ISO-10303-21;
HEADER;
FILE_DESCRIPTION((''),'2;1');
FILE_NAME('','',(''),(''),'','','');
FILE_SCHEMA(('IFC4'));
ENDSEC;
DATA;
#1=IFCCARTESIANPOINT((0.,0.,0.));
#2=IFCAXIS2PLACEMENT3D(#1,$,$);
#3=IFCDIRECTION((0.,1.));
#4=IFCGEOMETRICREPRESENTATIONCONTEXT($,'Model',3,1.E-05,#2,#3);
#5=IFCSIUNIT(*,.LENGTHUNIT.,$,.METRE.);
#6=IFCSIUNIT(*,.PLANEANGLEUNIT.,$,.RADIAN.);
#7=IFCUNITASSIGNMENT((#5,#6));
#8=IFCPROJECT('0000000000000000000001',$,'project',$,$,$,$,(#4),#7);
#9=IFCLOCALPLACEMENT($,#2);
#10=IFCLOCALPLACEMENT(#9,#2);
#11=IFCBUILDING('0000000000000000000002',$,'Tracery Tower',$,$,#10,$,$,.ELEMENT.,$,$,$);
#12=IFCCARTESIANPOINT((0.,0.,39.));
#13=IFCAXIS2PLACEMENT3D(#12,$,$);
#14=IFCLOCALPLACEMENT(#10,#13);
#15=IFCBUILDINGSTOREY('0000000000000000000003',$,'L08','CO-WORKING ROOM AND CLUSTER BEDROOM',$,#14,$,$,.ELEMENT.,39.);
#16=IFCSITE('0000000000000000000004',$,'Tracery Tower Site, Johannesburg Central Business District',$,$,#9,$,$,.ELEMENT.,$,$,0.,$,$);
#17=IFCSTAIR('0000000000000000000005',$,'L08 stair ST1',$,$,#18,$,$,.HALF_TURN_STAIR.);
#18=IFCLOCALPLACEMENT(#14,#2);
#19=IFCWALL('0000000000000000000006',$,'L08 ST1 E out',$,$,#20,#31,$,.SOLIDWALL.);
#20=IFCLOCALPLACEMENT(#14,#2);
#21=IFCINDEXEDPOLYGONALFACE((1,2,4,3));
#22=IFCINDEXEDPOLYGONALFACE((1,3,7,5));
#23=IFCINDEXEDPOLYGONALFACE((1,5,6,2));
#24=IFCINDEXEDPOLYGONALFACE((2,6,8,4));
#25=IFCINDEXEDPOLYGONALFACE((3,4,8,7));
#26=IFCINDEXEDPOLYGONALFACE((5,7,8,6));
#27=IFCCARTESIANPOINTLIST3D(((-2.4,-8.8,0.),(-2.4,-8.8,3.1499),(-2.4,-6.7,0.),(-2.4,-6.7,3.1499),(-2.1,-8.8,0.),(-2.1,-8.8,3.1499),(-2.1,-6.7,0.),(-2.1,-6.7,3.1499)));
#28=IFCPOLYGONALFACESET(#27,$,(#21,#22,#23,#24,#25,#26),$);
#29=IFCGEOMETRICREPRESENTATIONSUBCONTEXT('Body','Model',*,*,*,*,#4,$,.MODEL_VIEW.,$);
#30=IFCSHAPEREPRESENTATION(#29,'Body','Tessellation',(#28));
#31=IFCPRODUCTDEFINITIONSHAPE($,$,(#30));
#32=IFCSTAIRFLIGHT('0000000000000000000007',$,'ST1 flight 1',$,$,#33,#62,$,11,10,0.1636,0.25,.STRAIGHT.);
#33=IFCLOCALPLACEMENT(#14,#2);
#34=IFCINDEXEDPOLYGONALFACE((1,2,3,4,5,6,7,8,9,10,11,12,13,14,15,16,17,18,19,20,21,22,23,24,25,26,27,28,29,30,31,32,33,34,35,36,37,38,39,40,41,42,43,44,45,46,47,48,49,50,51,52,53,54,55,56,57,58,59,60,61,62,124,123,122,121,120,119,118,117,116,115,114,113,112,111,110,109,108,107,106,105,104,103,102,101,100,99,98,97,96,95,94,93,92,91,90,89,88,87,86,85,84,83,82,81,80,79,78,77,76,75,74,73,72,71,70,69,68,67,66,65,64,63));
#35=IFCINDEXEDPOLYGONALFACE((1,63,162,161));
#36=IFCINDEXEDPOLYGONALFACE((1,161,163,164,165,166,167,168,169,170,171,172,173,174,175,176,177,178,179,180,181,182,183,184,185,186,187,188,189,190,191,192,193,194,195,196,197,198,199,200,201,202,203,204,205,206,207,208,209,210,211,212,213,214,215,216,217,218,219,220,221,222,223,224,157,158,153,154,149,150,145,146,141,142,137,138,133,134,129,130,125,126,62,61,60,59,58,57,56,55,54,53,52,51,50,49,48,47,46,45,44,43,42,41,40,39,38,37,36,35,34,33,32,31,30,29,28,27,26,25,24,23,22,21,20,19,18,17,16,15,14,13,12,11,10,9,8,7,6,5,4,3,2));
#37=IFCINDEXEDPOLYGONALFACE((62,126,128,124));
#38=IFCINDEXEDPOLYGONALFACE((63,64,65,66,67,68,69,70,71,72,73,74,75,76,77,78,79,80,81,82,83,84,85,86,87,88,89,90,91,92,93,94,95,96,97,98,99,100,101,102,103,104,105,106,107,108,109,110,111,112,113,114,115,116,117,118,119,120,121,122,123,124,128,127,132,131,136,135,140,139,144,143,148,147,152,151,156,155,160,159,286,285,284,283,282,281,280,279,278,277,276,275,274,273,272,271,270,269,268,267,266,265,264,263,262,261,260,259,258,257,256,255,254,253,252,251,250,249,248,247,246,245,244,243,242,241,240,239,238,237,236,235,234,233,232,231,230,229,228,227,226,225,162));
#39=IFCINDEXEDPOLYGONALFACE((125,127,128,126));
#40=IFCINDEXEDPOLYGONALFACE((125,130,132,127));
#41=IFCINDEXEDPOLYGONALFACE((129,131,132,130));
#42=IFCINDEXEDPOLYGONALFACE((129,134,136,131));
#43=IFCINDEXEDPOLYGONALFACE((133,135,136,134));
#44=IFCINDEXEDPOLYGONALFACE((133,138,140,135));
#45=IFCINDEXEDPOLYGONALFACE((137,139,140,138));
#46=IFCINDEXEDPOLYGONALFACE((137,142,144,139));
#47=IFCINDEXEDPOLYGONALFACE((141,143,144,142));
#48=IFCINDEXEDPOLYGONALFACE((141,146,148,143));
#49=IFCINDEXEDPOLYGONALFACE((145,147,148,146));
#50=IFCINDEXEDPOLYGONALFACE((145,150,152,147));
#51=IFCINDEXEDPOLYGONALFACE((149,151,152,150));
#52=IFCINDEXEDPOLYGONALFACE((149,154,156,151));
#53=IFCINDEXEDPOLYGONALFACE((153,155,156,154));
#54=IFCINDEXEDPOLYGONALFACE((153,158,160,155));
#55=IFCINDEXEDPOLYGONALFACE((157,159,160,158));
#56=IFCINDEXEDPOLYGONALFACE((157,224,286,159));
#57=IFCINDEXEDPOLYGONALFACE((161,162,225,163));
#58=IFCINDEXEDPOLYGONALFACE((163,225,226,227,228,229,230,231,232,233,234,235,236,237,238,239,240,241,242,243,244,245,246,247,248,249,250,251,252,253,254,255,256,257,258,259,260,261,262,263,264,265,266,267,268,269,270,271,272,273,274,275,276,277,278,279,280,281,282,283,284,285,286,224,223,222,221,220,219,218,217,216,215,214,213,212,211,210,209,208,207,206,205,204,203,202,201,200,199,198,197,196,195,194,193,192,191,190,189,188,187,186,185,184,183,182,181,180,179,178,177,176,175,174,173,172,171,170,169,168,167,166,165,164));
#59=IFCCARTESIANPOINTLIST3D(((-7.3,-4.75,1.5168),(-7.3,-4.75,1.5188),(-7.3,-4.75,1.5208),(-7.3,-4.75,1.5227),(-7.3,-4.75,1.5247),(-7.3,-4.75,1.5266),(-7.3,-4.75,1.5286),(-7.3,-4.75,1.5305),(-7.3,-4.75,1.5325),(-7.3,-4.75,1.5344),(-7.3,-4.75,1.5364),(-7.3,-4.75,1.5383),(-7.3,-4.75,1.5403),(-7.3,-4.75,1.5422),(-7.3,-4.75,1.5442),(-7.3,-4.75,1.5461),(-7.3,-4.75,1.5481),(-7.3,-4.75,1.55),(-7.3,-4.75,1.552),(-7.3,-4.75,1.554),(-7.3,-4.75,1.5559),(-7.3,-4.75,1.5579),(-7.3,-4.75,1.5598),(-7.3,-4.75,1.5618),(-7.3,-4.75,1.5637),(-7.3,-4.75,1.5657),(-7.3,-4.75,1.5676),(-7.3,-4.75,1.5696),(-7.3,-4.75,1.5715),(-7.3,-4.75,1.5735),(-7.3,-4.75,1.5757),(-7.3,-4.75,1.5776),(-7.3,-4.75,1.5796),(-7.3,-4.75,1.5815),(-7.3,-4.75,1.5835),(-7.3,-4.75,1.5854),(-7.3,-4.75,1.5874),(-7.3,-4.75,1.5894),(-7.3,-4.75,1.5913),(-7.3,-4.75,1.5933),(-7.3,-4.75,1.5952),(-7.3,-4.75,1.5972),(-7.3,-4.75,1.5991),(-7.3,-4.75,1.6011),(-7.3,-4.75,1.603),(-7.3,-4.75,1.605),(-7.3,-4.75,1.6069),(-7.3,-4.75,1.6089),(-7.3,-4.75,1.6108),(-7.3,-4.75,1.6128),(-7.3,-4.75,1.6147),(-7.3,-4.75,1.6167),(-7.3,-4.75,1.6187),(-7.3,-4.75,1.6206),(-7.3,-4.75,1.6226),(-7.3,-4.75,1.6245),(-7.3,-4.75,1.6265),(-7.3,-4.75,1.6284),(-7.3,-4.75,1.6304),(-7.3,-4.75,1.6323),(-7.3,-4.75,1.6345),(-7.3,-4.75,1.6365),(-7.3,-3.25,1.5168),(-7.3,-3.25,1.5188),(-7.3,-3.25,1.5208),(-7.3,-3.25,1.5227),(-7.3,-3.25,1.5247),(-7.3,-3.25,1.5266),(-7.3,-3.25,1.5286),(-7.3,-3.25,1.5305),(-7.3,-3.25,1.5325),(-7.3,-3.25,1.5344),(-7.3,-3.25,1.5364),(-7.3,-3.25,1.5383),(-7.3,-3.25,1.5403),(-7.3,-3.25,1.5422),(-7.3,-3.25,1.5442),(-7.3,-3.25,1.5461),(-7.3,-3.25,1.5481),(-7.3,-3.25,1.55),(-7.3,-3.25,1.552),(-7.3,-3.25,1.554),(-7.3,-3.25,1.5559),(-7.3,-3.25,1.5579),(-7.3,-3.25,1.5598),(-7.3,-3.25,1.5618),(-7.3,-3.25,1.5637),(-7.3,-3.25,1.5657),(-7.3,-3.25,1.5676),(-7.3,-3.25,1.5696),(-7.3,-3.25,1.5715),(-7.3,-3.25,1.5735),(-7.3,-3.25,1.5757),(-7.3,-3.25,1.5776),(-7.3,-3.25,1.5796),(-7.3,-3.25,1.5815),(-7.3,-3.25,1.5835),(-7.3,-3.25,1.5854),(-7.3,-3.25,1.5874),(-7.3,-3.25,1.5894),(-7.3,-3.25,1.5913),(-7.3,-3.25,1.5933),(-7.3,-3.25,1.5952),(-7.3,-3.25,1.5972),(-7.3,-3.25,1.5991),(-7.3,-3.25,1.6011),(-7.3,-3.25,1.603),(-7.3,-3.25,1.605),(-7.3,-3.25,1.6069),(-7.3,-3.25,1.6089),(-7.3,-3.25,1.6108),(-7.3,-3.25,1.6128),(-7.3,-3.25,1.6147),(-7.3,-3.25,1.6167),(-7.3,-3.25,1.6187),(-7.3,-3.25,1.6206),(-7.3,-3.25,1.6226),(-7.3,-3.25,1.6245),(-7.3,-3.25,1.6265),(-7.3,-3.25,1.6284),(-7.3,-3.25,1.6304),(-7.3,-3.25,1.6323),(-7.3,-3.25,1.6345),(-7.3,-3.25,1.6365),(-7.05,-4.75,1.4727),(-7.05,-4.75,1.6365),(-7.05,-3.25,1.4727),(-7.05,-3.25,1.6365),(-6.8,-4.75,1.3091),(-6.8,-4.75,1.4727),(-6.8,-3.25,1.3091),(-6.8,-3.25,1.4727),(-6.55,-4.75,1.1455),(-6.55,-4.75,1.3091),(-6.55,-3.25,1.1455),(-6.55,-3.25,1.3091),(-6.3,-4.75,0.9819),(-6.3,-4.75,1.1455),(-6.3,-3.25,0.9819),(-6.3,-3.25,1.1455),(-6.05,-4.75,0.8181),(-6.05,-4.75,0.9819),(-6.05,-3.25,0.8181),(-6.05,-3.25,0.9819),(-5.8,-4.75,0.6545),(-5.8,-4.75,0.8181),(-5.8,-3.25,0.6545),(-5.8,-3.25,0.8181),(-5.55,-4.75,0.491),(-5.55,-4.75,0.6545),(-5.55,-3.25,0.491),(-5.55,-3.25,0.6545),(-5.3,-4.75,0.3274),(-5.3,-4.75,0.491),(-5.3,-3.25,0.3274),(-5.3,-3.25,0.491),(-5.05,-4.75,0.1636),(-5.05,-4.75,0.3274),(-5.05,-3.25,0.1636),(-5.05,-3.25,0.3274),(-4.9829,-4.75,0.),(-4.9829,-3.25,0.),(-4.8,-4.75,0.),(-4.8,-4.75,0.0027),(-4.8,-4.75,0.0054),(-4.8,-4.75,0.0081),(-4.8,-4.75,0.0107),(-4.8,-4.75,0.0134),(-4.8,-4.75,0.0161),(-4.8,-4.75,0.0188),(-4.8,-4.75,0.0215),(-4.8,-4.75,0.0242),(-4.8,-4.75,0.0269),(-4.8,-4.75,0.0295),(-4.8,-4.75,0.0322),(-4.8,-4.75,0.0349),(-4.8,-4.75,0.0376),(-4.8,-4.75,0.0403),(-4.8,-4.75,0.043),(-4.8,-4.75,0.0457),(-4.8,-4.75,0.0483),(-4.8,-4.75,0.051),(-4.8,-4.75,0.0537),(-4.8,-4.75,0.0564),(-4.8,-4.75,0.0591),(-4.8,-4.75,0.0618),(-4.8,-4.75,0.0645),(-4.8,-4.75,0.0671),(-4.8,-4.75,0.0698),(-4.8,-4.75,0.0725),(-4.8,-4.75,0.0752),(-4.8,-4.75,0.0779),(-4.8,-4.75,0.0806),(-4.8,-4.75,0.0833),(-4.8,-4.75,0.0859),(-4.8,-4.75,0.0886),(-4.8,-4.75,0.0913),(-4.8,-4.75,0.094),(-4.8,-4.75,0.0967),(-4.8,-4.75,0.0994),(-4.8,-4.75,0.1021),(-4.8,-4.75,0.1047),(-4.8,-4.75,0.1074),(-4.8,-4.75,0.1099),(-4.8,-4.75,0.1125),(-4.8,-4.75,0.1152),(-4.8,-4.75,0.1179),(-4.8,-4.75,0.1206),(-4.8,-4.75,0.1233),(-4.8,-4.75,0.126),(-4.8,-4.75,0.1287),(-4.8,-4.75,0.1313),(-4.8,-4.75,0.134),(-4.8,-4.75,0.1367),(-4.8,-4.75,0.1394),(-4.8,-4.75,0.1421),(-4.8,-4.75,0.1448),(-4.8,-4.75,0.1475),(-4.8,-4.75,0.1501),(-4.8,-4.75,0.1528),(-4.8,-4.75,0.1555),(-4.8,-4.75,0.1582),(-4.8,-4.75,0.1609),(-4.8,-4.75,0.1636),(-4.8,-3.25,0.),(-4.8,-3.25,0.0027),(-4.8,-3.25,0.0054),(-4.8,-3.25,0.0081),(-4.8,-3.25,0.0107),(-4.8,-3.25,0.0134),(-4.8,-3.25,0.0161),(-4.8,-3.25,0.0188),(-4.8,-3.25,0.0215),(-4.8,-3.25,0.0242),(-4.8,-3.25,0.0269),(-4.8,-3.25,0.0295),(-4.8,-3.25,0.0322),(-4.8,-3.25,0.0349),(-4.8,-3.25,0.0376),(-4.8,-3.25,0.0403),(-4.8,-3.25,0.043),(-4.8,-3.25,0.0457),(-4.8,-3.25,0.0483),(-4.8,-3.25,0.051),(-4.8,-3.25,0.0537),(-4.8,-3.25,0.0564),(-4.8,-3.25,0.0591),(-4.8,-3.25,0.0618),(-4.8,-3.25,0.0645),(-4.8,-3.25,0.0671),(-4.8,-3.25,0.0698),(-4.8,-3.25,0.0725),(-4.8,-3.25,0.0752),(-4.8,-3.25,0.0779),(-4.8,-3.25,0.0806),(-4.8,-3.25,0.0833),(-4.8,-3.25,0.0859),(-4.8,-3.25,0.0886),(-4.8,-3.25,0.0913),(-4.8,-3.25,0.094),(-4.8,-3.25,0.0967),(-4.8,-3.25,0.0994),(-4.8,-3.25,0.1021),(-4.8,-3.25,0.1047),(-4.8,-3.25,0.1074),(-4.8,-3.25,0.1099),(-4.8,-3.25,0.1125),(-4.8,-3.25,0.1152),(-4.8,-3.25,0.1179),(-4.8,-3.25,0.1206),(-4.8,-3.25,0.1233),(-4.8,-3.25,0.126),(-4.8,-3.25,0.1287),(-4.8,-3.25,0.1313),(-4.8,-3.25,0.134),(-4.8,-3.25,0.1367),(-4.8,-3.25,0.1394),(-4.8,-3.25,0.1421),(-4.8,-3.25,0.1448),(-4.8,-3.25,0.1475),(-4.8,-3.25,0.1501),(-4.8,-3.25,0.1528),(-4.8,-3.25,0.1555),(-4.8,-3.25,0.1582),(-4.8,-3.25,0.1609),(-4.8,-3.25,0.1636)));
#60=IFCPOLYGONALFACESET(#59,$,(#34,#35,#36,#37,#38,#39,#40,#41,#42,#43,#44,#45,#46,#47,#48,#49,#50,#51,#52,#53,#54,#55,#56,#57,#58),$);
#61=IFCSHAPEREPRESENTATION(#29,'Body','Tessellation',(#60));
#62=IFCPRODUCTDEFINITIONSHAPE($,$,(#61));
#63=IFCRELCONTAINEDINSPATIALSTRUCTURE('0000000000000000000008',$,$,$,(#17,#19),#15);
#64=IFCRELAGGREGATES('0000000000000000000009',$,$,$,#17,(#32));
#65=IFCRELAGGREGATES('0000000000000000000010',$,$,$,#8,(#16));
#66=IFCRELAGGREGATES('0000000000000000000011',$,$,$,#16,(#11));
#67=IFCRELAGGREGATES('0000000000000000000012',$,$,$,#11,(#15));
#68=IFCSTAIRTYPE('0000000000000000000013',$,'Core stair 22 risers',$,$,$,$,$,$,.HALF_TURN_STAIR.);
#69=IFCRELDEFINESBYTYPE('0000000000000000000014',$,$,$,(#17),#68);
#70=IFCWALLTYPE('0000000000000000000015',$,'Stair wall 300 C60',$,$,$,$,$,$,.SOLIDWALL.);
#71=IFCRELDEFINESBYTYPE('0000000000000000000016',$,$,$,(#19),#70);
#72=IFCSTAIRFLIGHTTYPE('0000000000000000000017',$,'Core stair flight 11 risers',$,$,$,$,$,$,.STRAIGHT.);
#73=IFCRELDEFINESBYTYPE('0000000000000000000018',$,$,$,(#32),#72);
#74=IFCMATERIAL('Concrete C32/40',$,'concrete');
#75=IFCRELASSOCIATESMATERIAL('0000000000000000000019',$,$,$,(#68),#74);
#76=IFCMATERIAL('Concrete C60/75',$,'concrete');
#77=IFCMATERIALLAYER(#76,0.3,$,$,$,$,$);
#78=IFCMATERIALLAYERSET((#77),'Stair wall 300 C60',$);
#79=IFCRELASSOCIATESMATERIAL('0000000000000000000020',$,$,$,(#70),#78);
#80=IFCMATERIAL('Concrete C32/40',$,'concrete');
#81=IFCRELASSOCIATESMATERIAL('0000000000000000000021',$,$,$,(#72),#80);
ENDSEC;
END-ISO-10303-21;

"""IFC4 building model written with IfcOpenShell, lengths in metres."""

from ifc_helpers import new_model, si_unit, direction, frame, frame_2d, origin, place, context, subcontext, project, spatial, polyline, rectangle, outline, extrude, material, layer, layer_set, type_object, element, aggregate, save


model = new_model("IFC4")

# Units and contexts
model_context = context("Model", 3, precision=1e-05, world=origin(), true_north=direction((0.0, 1.0)))
body_context = subcontext(model_context, "Body", "Model", "MODEL_VIEW")
ifc_project = project(units=[si_unit("LENGTHUNIT", "METRE"), si_unit("PLANEANGLEUNIT", "RADIAN")], contexts=[model_context])

# Site, building, storey
site_placement = place(None, origin())
site = spatial("IfcSite", under=ifc_project, at=site_placement, Name="Tracery Tower Site, Johannesburg Central Business District", CompositionType="ELEMENT", RefElevation=0.0)
building_placement = place(site_placement, origin())
building = spatial("IfcBuilding", under=site, at=building_placement, Name="Tracery Tower", CompositionType="ELEMENT")
storey_placement = place(building_placement, frame((0.0, 0.0, 39.0)))
storey = spatial("IfcBuildingStorey", under=building, at=storey_placement, Name="L08", Description="CO-WORKING ROOM AND CLUSTER BEDROOM", CompositionType="ELEMENT", Elevation=39.0)

# Stair
ifc_material_1 = material(Name="Concrete C32/40", Category="concrete")
stair_type = type_object("IfcStairType", Name="Core stair 22 risers", PredefinedType="HALF_TURN_STAIR", material=ifc_material_1)
stair_1_placement = place(storey_placement, origin())
stair_1 = element("IfcStair", 1, at=stair_1_placement, inside=storey, type_object=stair_type, Name="L08 stair ST1", PredefinedType="HALF_TURN_STAIR")

# Shared definitions
ifc_material_2 = material(Name="Concrete C60/75", Category="concrete")
ifc_layer_1 = layer(ifc_material_2, 0.3)
ifc_layer_set_1 = layer_set([ifc_layer_1], Name="Stair wall 300 C60")
wall_type_1 = type_object("IfcWallType", Name="Stair wall 300 C60", PredefinedType="SOLIDWALL", material=ifc_layer_set_1)

# Wall
wall_1_placement = place(storey_placement, frame((-2.25, -8.8, 0.0), z_axis=(0.0, 0.0, 1.0), x_axis=(0.0, 1.0, 0.0)))
element("IfcWall", 2, at=wall_1_placement, inside=storey, type_object=wall_type_1, Name="L08 ST1 E out", PredefinedType="SOLIDWALL", context=body_context, shape_type="SweptSolid", body=[
    extrude(rectangle(XDim=2.1001, YDim=0.3, at=frame_2d((1.05, 0.0))), origin(), (0.0, 0.0, 1.0), 3.1499),
])

# Stair flight
ifc_material_3 = material(Name="Concrete C32/40", Category="concrete")
stair_flight_type = type_object("IfcStairFlightType", Name="Core stair flight 11 risers", PredefinedType="STRAIGHT", material=ifc_material_3)
stair_flight_1_placement = place(storey_placement, frame((-4.8, -4.0, 0.0), z_axis=(0.0, 0.0, 1.0), x_axis=(-1.0, 0.0, 0.0)))
stair_flight_1 = element("IfcStairFlight", 3, at=stair_flight_1_placement, type_object=stair_flight_type, Name="ST1 flight 1", NumberOfRisers=11, NumberOfTreads=10, PredefinedType="STRAIGHT", RiserHeight=0.1636, TreadLength=0.25, context=body_context, shape_type="SweptSolid", body=[
    extrude(outline(polyline([(0.0, 0.0), (0.0, 0.0027), (0.0, 0.0054), (0.0, 0.0081), (0.0, 0.0107), (0.0, 0.0134), (0.0, 0.0161), (0.0, 0.0188), (0.0, 0.0215), (0.0, 0.0242), (0.0, 0.0269), (0.0, 0.0295), (0.0, 0.0322), (0.0, 0.0349), (0.0, 0.0376), (0.0, 0.0403), (0.0, 0.043), (0.0, 0.0457), (0.0, 0.0483), (0.0, 0.051), (0.0, 0.0537), (0.0, 0.0564), (0.0, 0.0591), (0.0, 0.0618), (0.0, 0.0645), (0.0, 0.0671), (0.0, 0.0698), (0.0, 0.0725), (0.0, 0.0752), (0.0, 0.0779), (0.0, 0.0806), (0.0, 0.0833), (0.0, 0.0859), (0.0, 0.0886), (0.0, 0.0913), (0.0, 0.094), (0.0, 0.0967), (0.0, 0.0994), (0.0, 0.1021), (0.0, 0.1047), (0.0, 0.1074), (0.0, 0.1099), (0.0, 0.1125), (0.0, 0.1152), (0.0, 0.1179), (0.0, 0.1206), (0.0, 0.1233), (0.0, 0.126), (0.0, 0.1287), (0.0, 0.1313), (0.0, 0.134), (0.0, 0.1367), (0.0, 0.1394), (0.0, 0.1421), (0.0, 0.1448), (0.0, 0.1475), (0.0, 0.1501), (0.0, 0.1528), (0.0, 0.1555), (0.0, 0.1582), (0.0, 0.1609), (0.0, 0.1636), (0.25, 0.1636), (0.25, 0.3274), (0.5, 0.3274), (0.5, 0.491), (0.75, 0.491), (0.75, 0.6545), (1.0, 0.6545), (1.0, 0.8181), (1.25, 0.8181), (1.25, 0.9819), (1.5, 0.9819), (1.5, 1.1455), (1.75, 1.1455), (1.75, 1.3091), (2.0, 1.3091), (2.0, 1.4727), (2.25, 1.4727), (2.25, 1.6365), (2.5, 1.6365), (2.5, 1.6345), (2.5, 1.6323), (2.5, 1.6304), (2.5, 1.6284), (2.5, 1.6265), (2.5, 1.6245), (2.5, 1.6226), (2.5, 1.6206), (2.5, 1.6187), (2.5, 1.6167), (2.5, 1.6147), (2.5, 1.6128), (2.5, 1.6108), (2.5, 1.6089), (2.5, 1.6069), (2.5, 1.605), (2.5, 1.603), (2.5, 1.6011), (2.5, 1.5991), (2.5, 1.5972), (2.5, 1.5952), (2.5, 1.5933), (2.5, 1.5913), (2.5, 1.5894), (2.5, 1.5874), (2.5, 1.5854), (2.5, 1.5835), (2.5, 1.5815), (2.5, 1.5796), (2.5, 1.5776), (2.5, 1.5757), (2.5, 1.5735), (2.5, 1.5715), (2.5, 1.5696), (2.5, 1.5676), (2.5, 1.5657), (2.5, 1.5637), (2.5, 1.5618), (2.5, 1.5598), (2.5, 1.5579), (2.5, 1.5559), (2.5, 1.554), (2.5, 1.552), (2.5, 1.55), (2.5, 1.5481), (2.5, 1.5461), (2.5, 1.5442), (2.5, 1.5422), (2.5, 1.5403), (2.5, 1.5383), (2.5, 1.5364), (2.5, 1.5344), (2.5, 1.5325), (2.5, 1.5305), (2.5, 1.5286), (2.5, 1.5266), (2.5, 1.5247), (2.5, 1.5227), (2.5, 1.5208), (2.5, 1.5188), (2.5, 1.5168), (0.1829, 0.0), (0.0, 0.0)])), frame((0.0, 0.75, 0.0), z_axis=(0.0, -1.0, 0.0), x_axis=(1.0, 0.0, 0.0)), (0.0, 0.0, 1.0), 1.5),
])
aggregate(stair_1, [stair_flight_1])

save(model, "model.ifc")
